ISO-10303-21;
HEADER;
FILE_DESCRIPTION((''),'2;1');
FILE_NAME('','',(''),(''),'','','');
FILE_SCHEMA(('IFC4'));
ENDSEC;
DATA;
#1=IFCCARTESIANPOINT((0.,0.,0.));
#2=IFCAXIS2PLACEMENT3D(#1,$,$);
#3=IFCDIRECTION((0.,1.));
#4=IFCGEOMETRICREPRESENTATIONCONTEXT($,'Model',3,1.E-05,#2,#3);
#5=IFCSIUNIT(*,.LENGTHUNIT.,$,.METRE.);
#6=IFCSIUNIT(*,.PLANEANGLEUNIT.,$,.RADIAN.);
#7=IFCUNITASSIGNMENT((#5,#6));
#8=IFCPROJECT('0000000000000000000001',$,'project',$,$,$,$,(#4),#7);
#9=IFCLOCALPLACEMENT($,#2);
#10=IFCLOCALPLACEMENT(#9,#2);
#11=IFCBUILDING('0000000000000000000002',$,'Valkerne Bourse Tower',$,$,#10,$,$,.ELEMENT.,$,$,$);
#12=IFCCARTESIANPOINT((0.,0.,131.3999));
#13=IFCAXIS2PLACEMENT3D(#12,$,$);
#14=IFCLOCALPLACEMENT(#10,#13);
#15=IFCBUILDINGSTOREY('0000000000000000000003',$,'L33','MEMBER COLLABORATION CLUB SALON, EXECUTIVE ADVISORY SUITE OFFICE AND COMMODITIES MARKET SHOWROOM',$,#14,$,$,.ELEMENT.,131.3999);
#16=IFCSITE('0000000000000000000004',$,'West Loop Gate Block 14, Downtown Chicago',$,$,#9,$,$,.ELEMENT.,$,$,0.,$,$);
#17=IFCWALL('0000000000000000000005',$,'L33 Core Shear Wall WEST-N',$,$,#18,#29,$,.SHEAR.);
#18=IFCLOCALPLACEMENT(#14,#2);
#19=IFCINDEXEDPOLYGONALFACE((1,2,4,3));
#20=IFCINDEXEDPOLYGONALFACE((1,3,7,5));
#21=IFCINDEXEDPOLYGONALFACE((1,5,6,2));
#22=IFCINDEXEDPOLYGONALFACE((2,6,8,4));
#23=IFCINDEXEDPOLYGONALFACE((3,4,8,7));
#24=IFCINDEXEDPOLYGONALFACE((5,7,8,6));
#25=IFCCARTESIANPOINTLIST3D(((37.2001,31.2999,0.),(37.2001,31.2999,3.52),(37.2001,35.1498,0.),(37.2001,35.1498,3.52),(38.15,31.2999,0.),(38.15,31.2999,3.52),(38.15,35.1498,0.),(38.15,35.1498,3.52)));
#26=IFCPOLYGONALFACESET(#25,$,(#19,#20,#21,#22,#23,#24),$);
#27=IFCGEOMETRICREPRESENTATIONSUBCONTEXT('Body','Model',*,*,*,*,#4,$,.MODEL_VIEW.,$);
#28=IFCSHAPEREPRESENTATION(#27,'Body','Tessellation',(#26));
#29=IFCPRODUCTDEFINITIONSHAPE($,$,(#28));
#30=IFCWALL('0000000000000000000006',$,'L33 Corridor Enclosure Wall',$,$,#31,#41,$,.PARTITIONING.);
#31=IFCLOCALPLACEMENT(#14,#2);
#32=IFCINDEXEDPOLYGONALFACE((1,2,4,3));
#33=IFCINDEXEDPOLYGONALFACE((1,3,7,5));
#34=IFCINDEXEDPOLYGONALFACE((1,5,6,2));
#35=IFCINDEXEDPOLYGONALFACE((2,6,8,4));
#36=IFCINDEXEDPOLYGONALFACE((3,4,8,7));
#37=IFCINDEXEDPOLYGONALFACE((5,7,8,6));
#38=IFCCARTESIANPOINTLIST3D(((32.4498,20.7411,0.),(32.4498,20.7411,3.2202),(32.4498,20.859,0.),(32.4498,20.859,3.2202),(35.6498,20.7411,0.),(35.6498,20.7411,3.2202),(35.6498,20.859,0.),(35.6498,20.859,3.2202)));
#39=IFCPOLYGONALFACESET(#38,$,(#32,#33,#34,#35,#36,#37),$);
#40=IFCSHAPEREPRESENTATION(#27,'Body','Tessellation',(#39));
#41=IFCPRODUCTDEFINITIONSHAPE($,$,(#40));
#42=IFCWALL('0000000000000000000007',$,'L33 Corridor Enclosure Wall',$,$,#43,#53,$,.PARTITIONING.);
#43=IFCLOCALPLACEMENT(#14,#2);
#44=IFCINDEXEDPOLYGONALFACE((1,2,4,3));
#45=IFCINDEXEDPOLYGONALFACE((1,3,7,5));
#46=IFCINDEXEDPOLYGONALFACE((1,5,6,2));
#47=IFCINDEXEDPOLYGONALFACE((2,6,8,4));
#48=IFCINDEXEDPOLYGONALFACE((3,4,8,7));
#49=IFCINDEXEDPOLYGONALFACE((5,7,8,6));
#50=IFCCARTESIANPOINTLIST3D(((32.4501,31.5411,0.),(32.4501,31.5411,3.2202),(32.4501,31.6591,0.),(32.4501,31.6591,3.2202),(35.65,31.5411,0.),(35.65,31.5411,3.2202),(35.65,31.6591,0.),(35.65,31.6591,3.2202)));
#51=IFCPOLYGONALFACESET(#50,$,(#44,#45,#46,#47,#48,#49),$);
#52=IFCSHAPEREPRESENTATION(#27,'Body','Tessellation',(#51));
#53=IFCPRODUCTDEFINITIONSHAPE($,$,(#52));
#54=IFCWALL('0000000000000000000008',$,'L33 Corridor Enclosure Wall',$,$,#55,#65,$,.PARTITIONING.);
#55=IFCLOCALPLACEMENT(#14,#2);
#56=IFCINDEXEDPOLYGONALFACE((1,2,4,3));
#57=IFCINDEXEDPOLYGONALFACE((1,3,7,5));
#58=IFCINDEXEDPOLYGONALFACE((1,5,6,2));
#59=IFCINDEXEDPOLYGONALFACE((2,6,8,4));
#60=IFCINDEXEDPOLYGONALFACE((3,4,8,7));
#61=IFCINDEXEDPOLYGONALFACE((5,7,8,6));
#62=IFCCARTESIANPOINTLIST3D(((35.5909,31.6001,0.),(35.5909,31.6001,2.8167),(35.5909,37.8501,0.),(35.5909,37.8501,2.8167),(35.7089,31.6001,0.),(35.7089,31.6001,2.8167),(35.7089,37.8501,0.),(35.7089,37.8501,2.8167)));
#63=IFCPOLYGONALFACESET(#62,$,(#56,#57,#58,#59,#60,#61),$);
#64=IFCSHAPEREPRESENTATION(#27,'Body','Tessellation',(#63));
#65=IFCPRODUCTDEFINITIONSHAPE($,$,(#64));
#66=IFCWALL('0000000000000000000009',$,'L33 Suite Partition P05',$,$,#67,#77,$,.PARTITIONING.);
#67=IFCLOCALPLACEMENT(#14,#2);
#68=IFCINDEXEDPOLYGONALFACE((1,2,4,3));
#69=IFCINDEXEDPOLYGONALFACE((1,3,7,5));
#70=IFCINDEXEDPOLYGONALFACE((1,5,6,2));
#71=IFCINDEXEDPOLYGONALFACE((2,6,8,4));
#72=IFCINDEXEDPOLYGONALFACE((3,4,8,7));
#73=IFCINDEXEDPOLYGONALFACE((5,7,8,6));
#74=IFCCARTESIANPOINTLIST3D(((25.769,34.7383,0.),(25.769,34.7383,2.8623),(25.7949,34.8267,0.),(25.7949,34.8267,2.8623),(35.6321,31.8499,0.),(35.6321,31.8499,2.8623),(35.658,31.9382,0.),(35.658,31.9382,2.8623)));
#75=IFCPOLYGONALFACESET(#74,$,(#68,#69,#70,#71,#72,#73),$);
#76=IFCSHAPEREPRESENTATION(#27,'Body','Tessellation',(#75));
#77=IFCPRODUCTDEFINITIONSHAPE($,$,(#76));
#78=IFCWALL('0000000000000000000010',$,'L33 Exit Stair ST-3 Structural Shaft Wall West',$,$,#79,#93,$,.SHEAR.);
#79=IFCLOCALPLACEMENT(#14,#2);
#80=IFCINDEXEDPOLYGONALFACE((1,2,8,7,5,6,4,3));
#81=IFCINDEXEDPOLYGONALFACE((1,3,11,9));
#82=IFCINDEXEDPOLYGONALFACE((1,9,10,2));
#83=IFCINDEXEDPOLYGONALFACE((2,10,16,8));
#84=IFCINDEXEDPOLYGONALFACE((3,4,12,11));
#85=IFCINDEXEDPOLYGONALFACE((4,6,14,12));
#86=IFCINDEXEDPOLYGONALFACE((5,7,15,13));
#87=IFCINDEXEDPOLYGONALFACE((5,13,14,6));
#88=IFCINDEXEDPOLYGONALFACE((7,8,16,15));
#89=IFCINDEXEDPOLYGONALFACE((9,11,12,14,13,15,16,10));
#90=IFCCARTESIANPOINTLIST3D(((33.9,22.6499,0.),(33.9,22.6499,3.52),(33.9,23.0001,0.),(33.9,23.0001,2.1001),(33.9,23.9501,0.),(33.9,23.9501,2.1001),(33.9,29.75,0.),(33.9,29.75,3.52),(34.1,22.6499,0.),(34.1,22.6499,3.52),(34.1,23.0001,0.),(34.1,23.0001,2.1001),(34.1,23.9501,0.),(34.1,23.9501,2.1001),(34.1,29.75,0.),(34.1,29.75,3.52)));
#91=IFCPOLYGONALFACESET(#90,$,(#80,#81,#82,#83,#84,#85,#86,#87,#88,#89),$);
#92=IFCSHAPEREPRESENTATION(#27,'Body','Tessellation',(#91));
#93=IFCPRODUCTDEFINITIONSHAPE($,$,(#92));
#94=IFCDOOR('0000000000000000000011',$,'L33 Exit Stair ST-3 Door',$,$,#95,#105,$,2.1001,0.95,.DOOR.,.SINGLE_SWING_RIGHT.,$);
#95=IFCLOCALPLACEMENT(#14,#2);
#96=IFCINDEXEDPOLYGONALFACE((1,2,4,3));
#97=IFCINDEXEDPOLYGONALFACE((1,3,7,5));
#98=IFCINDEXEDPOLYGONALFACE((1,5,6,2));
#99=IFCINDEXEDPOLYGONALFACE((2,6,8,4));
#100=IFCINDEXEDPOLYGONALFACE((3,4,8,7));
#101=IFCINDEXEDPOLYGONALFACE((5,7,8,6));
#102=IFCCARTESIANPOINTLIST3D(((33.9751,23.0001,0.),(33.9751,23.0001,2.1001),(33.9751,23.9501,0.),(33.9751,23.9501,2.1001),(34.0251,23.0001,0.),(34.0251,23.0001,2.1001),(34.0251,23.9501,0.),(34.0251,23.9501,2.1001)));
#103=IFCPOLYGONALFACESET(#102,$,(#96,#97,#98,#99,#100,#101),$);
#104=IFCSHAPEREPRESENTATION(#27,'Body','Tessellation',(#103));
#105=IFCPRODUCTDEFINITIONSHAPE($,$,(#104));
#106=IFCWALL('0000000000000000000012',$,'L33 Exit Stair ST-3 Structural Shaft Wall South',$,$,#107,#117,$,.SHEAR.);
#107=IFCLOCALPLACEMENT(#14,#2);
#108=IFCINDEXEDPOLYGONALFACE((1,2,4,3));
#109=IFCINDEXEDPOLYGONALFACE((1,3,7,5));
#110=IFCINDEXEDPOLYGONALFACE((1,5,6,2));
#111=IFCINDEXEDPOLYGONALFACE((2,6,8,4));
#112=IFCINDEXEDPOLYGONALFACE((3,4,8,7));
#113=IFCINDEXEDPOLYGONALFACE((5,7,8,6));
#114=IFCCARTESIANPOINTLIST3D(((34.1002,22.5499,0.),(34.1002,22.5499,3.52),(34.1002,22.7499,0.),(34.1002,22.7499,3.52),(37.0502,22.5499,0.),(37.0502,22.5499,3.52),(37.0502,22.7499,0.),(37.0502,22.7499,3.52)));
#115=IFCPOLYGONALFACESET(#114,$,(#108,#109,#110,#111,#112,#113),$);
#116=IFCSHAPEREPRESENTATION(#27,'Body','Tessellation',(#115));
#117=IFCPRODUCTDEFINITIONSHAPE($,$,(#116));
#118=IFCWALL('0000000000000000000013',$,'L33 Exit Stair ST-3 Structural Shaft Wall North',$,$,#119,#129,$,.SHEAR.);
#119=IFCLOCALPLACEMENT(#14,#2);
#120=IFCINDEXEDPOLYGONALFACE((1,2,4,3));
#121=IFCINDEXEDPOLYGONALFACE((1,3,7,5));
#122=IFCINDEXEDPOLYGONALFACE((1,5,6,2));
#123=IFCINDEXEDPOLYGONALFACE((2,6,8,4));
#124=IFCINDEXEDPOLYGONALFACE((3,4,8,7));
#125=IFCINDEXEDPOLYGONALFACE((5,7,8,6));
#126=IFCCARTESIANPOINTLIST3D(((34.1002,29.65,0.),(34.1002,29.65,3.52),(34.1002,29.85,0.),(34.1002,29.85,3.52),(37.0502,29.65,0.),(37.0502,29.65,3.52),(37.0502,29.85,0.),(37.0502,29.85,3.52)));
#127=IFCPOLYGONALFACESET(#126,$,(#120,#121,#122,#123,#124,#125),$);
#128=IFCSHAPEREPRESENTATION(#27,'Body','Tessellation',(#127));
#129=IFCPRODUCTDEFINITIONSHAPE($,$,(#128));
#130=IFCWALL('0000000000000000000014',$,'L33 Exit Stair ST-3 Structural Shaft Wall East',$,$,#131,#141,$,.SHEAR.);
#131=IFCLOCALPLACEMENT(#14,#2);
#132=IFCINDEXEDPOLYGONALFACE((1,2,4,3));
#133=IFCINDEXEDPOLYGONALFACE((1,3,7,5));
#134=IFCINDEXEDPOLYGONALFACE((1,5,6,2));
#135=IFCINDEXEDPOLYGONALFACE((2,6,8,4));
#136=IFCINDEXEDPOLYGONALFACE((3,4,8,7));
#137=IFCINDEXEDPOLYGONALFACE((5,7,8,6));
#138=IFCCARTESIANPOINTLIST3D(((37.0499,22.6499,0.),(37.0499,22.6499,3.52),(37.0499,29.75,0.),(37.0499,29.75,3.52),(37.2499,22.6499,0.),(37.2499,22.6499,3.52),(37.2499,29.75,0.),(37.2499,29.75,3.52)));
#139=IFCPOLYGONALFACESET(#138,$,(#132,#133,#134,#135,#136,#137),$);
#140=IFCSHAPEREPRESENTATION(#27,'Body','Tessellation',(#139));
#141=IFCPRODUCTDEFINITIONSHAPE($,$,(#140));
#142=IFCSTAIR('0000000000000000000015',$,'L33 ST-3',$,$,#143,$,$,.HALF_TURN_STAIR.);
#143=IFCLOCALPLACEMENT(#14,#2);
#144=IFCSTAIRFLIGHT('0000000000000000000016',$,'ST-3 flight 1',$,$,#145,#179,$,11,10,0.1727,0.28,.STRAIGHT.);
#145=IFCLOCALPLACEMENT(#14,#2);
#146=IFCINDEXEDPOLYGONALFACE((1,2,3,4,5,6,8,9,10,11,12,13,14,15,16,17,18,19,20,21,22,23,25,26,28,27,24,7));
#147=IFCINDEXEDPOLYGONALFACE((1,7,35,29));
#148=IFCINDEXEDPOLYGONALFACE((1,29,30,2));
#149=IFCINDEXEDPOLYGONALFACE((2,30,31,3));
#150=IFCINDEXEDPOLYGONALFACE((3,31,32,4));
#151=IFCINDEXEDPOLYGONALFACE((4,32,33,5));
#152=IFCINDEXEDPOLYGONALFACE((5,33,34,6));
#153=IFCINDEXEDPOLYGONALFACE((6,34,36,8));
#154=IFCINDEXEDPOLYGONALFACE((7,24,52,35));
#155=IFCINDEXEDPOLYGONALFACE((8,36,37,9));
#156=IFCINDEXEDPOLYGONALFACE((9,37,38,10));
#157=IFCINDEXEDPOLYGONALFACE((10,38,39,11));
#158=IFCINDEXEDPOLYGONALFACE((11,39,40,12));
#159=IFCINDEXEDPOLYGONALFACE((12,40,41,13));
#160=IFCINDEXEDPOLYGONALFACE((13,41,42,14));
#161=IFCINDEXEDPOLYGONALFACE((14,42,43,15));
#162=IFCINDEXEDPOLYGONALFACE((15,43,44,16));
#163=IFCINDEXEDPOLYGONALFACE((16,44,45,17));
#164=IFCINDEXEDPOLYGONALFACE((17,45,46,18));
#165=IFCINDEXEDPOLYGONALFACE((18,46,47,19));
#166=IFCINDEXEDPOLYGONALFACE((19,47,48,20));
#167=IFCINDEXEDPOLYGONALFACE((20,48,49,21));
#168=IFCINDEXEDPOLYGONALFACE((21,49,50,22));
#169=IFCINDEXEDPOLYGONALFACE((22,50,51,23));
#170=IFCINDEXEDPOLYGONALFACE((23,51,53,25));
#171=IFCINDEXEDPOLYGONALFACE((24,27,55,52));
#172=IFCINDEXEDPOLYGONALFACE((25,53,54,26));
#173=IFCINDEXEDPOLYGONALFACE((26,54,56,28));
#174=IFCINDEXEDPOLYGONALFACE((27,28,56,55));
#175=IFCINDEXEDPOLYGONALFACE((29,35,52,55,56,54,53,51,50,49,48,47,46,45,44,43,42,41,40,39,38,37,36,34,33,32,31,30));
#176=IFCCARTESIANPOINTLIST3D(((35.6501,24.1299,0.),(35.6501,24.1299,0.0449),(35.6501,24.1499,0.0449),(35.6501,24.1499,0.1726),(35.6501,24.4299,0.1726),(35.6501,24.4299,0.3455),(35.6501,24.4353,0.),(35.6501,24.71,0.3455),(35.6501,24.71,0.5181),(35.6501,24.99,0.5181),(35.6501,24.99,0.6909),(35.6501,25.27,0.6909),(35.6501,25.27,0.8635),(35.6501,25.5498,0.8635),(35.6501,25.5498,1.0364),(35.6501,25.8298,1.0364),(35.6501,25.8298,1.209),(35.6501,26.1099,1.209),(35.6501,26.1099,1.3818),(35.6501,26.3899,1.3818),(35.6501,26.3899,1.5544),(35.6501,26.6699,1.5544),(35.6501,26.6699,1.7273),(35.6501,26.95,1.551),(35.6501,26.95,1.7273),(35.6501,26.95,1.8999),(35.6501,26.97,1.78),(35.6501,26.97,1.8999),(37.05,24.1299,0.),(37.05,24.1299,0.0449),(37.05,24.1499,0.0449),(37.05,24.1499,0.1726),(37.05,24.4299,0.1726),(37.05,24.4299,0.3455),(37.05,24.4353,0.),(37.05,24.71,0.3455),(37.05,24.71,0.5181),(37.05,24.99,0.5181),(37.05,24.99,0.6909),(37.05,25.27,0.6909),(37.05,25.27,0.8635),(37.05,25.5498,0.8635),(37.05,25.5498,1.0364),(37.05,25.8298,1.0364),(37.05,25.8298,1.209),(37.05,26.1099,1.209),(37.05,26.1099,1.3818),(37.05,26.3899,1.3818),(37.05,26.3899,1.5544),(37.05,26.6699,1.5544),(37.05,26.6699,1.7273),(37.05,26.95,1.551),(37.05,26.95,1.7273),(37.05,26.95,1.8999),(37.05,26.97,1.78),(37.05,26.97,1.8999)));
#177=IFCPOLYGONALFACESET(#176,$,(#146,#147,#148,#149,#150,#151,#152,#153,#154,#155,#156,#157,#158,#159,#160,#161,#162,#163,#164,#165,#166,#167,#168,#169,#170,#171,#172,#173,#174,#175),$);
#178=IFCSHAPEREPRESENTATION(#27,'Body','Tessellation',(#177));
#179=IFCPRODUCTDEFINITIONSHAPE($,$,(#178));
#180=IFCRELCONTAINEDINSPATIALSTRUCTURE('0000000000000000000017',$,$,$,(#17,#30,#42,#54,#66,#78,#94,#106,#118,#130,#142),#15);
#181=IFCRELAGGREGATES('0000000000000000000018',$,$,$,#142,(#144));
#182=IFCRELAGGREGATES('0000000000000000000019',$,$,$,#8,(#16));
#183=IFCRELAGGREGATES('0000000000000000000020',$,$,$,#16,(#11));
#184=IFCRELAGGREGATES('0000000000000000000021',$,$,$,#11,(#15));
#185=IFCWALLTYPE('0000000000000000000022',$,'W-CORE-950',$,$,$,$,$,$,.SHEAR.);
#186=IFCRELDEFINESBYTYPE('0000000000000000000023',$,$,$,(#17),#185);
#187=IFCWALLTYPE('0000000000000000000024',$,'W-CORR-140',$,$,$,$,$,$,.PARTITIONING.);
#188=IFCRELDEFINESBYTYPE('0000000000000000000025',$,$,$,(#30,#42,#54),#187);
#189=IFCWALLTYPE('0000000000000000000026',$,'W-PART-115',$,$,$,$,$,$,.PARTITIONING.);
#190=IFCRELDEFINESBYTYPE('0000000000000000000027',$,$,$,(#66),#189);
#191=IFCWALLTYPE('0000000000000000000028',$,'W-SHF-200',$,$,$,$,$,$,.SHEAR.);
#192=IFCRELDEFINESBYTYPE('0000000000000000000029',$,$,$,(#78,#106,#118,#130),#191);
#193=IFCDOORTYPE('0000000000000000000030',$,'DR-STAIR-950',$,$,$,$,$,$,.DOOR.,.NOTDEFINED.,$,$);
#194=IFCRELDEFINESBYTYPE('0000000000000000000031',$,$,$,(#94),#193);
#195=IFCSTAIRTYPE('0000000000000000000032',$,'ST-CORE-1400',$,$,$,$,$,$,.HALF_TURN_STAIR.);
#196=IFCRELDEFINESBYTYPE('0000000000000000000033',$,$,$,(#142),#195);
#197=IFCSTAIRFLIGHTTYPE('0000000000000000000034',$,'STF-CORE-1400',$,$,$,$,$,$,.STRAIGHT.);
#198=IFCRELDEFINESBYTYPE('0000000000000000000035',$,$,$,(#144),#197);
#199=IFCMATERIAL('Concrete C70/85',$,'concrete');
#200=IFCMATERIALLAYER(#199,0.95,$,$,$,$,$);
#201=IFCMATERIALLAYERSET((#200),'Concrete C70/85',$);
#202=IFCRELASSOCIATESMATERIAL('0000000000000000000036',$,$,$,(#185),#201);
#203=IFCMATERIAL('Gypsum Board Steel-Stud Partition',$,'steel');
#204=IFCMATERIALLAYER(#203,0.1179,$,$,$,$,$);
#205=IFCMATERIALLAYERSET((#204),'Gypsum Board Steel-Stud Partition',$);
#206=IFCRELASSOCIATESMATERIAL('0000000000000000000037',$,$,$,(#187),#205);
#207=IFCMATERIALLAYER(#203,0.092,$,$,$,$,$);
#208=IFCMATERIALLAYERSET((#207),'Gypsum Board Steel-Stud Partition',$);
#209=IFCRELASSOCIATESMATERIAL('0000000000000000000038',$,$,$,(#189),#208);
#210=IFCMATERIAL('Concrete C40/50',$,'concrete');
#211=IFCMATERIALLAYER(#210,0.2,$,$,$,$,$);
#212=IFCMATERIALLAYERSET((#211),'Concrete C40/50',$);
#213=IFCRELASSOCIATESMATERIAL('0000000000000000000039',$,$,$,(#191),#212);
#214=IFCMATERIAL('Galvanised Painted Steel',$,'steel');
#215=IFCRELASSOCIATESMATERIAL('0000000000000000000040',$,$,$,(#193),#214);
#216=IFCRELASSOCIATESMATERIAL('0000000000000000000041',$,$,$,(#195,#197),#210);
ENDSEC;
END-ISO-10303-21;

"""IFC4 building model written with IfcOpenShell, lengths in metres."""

from ifc_helpers import new_model, si_unit, direction, frame, frame_2d, origin, place, context, subcontext, project, spatial, polyline, rectangle, outline, extrude, material, layer, layer_set, type_object, element, fill, aggregate, save


model = new_model("IFC4")

# Units and contexts
model_context = context("Model", 3, precision=1e-05, world=origin(), true_north=direction((0.0, 1.0)))
body_context = subcontext(model_context, "Body", "Model", "MODEL_VIEW")
ifc_project = project(units=[si_unit("LENGTHUNIT", "METRE"), si_unit("PLANEANGLEUNIT", "RADIAN")], contexts=[model_context])

# Site, building, storey
site_placement = place(None, origin())
site = spatial("IfcSite", under=ifc_project, at=site_placement, Name="West Loop Gate Block 14, Downtown Chicago", CompositionType="ELEMENT", RefElevation=0.0)
building_placement = place(site_placement, origin())
building = spatial("IfcBuilding", under=site, at=building_placement, Name="Valkerne Bourse Tower", CompositionType="ELEMENT")
storey_placement = place(building_placement, frame((0.0, 0.0, 131.3999)))
storey = spatial("IfcBuildingStorey", under=building, at=storey_placement, Name="L33", Description="MEMBER COLLABORATION CLUB SALON, EXECUTIVE ADVISORY SUITE OFFICE AND COMMODITIES MARKET SHOWROOM", CompositionType="ELEMENT", Elevation=131.3999)

# Walls
ifc_material_1 = material(Name="Concrete C70/85", Category="concrete")
ifc_layer_1 = layer(ifc_material_1, 0.95)
ifc_layer_set_1 = layer_set([ifc_layer_1], Name="Concrete C70/85")
wall_type_1 = type_object("IfcWallType", Name="W-CORE-950", PredefinedType="SHEAR", material=ifc_layer_set_1)
wall_1_placement = place(storey_placement, frame((37.675, 31.3, 0.0), z_axis=(0.0, 0.0, 1.0), x_axis=(0.0, 1.0, 0.0)))
element("IfcWall", 1, at=wall_1_placement, inside=storey, type_object=wall_type_1, Name="L33 Core Shear Wall WEST-N", PredefinedType="SHEAR", context=body_context, shape_type="SweptSolid", body=[
    extrude(rectangle(XDim=3.8499, YDim=0.95, at=frame_2d((1.9248, 0.0))), origin(), (0.0, 0.0, 1.0), 3.52),
])
ifc_material_2 = material(Name="Gypsum Board Steel-Stud Partition", Category="steel")
ifc_layer_2 = layer(ifc_material_2, 0.1179)
ifc_layer_set_2 = layer_set([ifc_layer_2], Name="Gypsum Board Steel-Stud Partition")
wall_type_2 = type_object("IfcWallType", Name="W-CORR-140", PredefinedType="PARTITIONING", material=ifc_layer_set_2)
for number, where, z_axis, x_axis, name in (
    (2, (35.6499, 20.8, 0.0), (0.0, 0.0, 1.0), (-1.0, 0.0, 0.0), "L33 Corridor Enclosure Wall"),
    (3, (32.45, 31.6001, 0.0), (0.0, 0.0, 1.0), (1.0, 0.0, 0.0), "L33 Corridor Enclosure Wall"),
):
    element("IfcWall", number, at=place(storey_placement, frame(where, z_axis=z_axis, x_axis=x_axis)), inside=storey, type_object=wall_type_2, Name=name, PredefinedType="PARTITIONING", context=body_context, shape_type="SweptSolid", body=[
        extrude(rectangle(XDim=3.2, YDim=0.1179, at=frame_2d((1.6001, 0.0))), origin(), (0.0, 0.0, 1.0), 3.2202),
    ])
wall_2_placement = place(storey_placement, frame((35.6499, 31.6001, 0.0), z_axis=(0.0, 0.0, 1.0), x_axis=(0.0, 1.0, 0.0)))
element("IfcWall", 4, at=wall_2_placement, inside=storey, type_object=wall_type_2, Name="L33 Corridor Enclosure Wall", PredefinedType="PARTITIONING", context=body_context, shape_type="SweptSolid", body=[
    extrude(rectangle(XDim=6.25, YDim=0.1179, at=frame_2d((3.125, 0.0))), origin(), (0.0, 0.0, 1.0), 2.8167),
])
ifc_layer_3 = layer(ifc_material_2, 0.092)
ifc_layer_set_3 = layer_set([ifc_layer_3], Name="Gypsum Board Steel-Stud Partition")
wall_type_3 = type_object("IfcWallType", Name="W-PART-115", PredefinedType="PARTITIONING", material=ifc_layer_set_3)
wall_3_placement = place(storey_placement, frame((35.645, 31.894, 0.0), z_axis=(0.0, 0.0, 1.0), x_axis=(-0.959693, 0.28105, 0.0)))
element("IfcWall", 5, at=wall_3_placement, inside=storey, type_object=wall_type_3, Name="L33 Suite Partition P05", PredefinedType="PARTITIONING", context=body_context, shape_type="SweptSolid", body=[
    extrude(rectangle(XDim=10.2773, YDim=0.092, at=frame_2d((5.1387, 0.0))), origin(), (0.0, 0.0, 1.0), 2.8623),
])

# Wall, opening, door
ifc_material_3 = material(Name="Concrete C40/50", Category="concrete")
ifc_layer_4 = layer(ifc_material_3, 0.2)
ifc_layer_set_4 = layer_set([ifc_layer_4], Name="Concrete C40/50")
wall_type_4 = type_object("IfcWallType", Name="W-SHF-200", PredefinedType="SHEAR", material=ifc_layer_set_4)
wall_4_placement = place(storey_placement, frame((34.0, 22.6499, 0.0), z_axis=(0.0, 0.0, 1.0), x_axis=(0.0, 1.0, 0.0)))
wall_4 = element("IfcWall", 6, at=wall_4_placement, inside=storey, type_object=wall_type_4, Name="L33 Exit Stair ST-3 Structural Shaft Wall West", PredefinedType="SHEAR", context=body_context, shape_type="SweptSolid", body=[
    extrude(rectangle(XDim=7.1001, YDim=0.2, at=frame_2d((3.55, 0.0))), origin(), (0.0, 0.0, 1.0), 3.52),
])
opening_placement = place(wall_4_placement, frame((0.3501, 0.0, 0.0)))
opening = element("IfcOpeningElement", 7, at=opening_placement, cuts=wall_4, PredefinedType="OPENING", context=body_context, shape_type="SweptSolid", body=[
    extrude(rectangle(XDim=0.95, YDim=2.1001, at=frame_2d((0.4751, 1.05))), frame((0.0, 0.1099, 0.0), z_axis=(0.0, -1.0, 0.0), x_axis=(1.0, 0.0, 0.0)), (0.0, 0.0, 1.0), 0.22),
])
ifc_material_4 = material(Name="Galvanised Painted Steel", Category="steel")
door_type = type_object("IfcDoorType", Name="DR-STAIR-950", OperationType="NOTDEFINED", PredefinedType="DOOR", material=ifc_material_4)
door_placement = place(opening_placement, origin())
door = element("IfcDoor", 8, at=door_placement, inside=storey, type_object=door_type, Name="L33 Exit Stair ST-3 Door", OperationType="SINGLE_SWING_RIGHT", OverallHeight=2.1001, OverallWidth=0.95, PredefinedType="DOOR", context=body_context, shape_type="SweptSolid", body=[
    extrude(rectangle(XDim=0.95, YDim=2.1001, at=frame_2d((0.4751, 1.05))), frame((0.0, 0.0249, 0.0), z_axis=(0.0, -1.0, 0.0), x_axis=(1.0, 0.0, 0.0)), (0.0, 0.0, 1.0), 0.05),
])
fill(opening, door)

# Walls
for number, where, z_axis, x_axis, name in (
    (9, (34.1001, 22.6499, 0.0), (0.0, 0.0, 1.0), (1.0, 0.0, 0.0), "L33 Exit Stair ST-3 Structural Shaft Wall South"),
    (10, (34.1001, 29.75, 0.0), (0.0, 0.0, 1.0), (1.0, 0.0, 0.0), "L33 Exit Stair ST-3 Structural Shaft Wall North"),
):
    element("IfcWall", number, at=place(storey_placement, frame(where, z_axis=z_axis, x_axis=x_axis)), inside=storey, type_object=wall_type_4, Name=name, PredefinedType="SHEAR", context=body_context, shape_type="SweptSolid", body=[
        extrude(rectangle(XDim=2.95, YDim=0.2, at=frame_2d((1.4751, 0.0))), origin(), (0.0, 0.0, 1.0), 3.52),
    ])
wall_5_placement = place(storey_placement, frame((37.1499, 22.6499, 0.0), z_axis=(0.0, 0.0, 1.0), x_axis=(0.0, 1.0, 0.0)))
element("IfcWall", 11, at=wall_5_placement, inside=storey, type_object=wall_type_4, Name="L33 Exit Stair ST-3 Structural Shaft Wall East", PredefinedType="SHEAR", context=body_context, shape_type="SweptSolid", body=[
    extrude(rectangle(XDim=7.1001, YDim=0.2, at=frame_2d((3.55, 0.0))), origin(), (0.0, 0.0, 1.0), 3.52),
])

# Stair, stair flight
stair_type = type_object("IfcStairType", Name="ST-CORE-1400", PredefinedType="HALF_TURN_STAIR", material=ifc_material_3)
stair_placement = place(storey_placement, origin())
stair = element("IfcStair", 12, at=stair_placement, inside=storey, type_object=stair_type, Name="L33 ST-3", PredefinedType="HALF_TURN_STAIR")
stair_flight_type = type_object("IfcStairFlightType", Name="STF-CORE-1400", PredefinedType="STRAIGHT", material=ifc_material_3)
stair_flight_1_placement = place(storey_placement, frame((36.3501, 24.1499, 0.0), z_axis=(0.0, 0.0, 1.0), x_axis=(0.0, 1.0, 0.0)))
stair_flight_1 = element("IfcStairFlight", 13, at=stair_flight_1_placement, type_object=stair_flight_type, Name="ST-3 flight 1", NumberOfRisers=11, NumberOfTreads=10, PredefinedType="STRAIGHT", RiserHeight=0.1727, TreadLength=0.28, context=body_context, shape_type="SweptSolid", body=[
    extrude(outline(polyline([(-0.02, 0.0), (-0.02, 0.0449), (0.0, 0.0449), (0.0, 0.1726), (0.28, 0.1726), (0.28, 0.3455), (0.5601, 0.3455), (0.5601, 0.5181), (0.8401, 0.5181), (0.8401, 0.6909), (1.1201, 0.6909), (1.1201, 0.8635), (1.3999, 0.8635), (1.3999, 1.0364), (1.6799, 1.0364), (1.6799, 1.209), (1.96, 1.209), (1.96, 1.3818), (2.24, 1.3818), (2.24, 1.5544), (2.52, 1.5544), (2.52, 1.7273), (2.8, 1.7273), (2.8, 1.8999), (2.8201, 1.8999), (2.8201, 1.78), (2.8, 1.551), (0.2854, 0.0), (-0.02, 0.0)])), frame((0.0, 0.7, 0.0), z_axis=(0.0, -1.0, 0.0), x_axis=(1.0, 0.0, 0.0)), (0.0, 0.0, 1.0), 1.3999),
])
aggregate(stair, [stair_flight_1])

save(model, "model.ifc")
